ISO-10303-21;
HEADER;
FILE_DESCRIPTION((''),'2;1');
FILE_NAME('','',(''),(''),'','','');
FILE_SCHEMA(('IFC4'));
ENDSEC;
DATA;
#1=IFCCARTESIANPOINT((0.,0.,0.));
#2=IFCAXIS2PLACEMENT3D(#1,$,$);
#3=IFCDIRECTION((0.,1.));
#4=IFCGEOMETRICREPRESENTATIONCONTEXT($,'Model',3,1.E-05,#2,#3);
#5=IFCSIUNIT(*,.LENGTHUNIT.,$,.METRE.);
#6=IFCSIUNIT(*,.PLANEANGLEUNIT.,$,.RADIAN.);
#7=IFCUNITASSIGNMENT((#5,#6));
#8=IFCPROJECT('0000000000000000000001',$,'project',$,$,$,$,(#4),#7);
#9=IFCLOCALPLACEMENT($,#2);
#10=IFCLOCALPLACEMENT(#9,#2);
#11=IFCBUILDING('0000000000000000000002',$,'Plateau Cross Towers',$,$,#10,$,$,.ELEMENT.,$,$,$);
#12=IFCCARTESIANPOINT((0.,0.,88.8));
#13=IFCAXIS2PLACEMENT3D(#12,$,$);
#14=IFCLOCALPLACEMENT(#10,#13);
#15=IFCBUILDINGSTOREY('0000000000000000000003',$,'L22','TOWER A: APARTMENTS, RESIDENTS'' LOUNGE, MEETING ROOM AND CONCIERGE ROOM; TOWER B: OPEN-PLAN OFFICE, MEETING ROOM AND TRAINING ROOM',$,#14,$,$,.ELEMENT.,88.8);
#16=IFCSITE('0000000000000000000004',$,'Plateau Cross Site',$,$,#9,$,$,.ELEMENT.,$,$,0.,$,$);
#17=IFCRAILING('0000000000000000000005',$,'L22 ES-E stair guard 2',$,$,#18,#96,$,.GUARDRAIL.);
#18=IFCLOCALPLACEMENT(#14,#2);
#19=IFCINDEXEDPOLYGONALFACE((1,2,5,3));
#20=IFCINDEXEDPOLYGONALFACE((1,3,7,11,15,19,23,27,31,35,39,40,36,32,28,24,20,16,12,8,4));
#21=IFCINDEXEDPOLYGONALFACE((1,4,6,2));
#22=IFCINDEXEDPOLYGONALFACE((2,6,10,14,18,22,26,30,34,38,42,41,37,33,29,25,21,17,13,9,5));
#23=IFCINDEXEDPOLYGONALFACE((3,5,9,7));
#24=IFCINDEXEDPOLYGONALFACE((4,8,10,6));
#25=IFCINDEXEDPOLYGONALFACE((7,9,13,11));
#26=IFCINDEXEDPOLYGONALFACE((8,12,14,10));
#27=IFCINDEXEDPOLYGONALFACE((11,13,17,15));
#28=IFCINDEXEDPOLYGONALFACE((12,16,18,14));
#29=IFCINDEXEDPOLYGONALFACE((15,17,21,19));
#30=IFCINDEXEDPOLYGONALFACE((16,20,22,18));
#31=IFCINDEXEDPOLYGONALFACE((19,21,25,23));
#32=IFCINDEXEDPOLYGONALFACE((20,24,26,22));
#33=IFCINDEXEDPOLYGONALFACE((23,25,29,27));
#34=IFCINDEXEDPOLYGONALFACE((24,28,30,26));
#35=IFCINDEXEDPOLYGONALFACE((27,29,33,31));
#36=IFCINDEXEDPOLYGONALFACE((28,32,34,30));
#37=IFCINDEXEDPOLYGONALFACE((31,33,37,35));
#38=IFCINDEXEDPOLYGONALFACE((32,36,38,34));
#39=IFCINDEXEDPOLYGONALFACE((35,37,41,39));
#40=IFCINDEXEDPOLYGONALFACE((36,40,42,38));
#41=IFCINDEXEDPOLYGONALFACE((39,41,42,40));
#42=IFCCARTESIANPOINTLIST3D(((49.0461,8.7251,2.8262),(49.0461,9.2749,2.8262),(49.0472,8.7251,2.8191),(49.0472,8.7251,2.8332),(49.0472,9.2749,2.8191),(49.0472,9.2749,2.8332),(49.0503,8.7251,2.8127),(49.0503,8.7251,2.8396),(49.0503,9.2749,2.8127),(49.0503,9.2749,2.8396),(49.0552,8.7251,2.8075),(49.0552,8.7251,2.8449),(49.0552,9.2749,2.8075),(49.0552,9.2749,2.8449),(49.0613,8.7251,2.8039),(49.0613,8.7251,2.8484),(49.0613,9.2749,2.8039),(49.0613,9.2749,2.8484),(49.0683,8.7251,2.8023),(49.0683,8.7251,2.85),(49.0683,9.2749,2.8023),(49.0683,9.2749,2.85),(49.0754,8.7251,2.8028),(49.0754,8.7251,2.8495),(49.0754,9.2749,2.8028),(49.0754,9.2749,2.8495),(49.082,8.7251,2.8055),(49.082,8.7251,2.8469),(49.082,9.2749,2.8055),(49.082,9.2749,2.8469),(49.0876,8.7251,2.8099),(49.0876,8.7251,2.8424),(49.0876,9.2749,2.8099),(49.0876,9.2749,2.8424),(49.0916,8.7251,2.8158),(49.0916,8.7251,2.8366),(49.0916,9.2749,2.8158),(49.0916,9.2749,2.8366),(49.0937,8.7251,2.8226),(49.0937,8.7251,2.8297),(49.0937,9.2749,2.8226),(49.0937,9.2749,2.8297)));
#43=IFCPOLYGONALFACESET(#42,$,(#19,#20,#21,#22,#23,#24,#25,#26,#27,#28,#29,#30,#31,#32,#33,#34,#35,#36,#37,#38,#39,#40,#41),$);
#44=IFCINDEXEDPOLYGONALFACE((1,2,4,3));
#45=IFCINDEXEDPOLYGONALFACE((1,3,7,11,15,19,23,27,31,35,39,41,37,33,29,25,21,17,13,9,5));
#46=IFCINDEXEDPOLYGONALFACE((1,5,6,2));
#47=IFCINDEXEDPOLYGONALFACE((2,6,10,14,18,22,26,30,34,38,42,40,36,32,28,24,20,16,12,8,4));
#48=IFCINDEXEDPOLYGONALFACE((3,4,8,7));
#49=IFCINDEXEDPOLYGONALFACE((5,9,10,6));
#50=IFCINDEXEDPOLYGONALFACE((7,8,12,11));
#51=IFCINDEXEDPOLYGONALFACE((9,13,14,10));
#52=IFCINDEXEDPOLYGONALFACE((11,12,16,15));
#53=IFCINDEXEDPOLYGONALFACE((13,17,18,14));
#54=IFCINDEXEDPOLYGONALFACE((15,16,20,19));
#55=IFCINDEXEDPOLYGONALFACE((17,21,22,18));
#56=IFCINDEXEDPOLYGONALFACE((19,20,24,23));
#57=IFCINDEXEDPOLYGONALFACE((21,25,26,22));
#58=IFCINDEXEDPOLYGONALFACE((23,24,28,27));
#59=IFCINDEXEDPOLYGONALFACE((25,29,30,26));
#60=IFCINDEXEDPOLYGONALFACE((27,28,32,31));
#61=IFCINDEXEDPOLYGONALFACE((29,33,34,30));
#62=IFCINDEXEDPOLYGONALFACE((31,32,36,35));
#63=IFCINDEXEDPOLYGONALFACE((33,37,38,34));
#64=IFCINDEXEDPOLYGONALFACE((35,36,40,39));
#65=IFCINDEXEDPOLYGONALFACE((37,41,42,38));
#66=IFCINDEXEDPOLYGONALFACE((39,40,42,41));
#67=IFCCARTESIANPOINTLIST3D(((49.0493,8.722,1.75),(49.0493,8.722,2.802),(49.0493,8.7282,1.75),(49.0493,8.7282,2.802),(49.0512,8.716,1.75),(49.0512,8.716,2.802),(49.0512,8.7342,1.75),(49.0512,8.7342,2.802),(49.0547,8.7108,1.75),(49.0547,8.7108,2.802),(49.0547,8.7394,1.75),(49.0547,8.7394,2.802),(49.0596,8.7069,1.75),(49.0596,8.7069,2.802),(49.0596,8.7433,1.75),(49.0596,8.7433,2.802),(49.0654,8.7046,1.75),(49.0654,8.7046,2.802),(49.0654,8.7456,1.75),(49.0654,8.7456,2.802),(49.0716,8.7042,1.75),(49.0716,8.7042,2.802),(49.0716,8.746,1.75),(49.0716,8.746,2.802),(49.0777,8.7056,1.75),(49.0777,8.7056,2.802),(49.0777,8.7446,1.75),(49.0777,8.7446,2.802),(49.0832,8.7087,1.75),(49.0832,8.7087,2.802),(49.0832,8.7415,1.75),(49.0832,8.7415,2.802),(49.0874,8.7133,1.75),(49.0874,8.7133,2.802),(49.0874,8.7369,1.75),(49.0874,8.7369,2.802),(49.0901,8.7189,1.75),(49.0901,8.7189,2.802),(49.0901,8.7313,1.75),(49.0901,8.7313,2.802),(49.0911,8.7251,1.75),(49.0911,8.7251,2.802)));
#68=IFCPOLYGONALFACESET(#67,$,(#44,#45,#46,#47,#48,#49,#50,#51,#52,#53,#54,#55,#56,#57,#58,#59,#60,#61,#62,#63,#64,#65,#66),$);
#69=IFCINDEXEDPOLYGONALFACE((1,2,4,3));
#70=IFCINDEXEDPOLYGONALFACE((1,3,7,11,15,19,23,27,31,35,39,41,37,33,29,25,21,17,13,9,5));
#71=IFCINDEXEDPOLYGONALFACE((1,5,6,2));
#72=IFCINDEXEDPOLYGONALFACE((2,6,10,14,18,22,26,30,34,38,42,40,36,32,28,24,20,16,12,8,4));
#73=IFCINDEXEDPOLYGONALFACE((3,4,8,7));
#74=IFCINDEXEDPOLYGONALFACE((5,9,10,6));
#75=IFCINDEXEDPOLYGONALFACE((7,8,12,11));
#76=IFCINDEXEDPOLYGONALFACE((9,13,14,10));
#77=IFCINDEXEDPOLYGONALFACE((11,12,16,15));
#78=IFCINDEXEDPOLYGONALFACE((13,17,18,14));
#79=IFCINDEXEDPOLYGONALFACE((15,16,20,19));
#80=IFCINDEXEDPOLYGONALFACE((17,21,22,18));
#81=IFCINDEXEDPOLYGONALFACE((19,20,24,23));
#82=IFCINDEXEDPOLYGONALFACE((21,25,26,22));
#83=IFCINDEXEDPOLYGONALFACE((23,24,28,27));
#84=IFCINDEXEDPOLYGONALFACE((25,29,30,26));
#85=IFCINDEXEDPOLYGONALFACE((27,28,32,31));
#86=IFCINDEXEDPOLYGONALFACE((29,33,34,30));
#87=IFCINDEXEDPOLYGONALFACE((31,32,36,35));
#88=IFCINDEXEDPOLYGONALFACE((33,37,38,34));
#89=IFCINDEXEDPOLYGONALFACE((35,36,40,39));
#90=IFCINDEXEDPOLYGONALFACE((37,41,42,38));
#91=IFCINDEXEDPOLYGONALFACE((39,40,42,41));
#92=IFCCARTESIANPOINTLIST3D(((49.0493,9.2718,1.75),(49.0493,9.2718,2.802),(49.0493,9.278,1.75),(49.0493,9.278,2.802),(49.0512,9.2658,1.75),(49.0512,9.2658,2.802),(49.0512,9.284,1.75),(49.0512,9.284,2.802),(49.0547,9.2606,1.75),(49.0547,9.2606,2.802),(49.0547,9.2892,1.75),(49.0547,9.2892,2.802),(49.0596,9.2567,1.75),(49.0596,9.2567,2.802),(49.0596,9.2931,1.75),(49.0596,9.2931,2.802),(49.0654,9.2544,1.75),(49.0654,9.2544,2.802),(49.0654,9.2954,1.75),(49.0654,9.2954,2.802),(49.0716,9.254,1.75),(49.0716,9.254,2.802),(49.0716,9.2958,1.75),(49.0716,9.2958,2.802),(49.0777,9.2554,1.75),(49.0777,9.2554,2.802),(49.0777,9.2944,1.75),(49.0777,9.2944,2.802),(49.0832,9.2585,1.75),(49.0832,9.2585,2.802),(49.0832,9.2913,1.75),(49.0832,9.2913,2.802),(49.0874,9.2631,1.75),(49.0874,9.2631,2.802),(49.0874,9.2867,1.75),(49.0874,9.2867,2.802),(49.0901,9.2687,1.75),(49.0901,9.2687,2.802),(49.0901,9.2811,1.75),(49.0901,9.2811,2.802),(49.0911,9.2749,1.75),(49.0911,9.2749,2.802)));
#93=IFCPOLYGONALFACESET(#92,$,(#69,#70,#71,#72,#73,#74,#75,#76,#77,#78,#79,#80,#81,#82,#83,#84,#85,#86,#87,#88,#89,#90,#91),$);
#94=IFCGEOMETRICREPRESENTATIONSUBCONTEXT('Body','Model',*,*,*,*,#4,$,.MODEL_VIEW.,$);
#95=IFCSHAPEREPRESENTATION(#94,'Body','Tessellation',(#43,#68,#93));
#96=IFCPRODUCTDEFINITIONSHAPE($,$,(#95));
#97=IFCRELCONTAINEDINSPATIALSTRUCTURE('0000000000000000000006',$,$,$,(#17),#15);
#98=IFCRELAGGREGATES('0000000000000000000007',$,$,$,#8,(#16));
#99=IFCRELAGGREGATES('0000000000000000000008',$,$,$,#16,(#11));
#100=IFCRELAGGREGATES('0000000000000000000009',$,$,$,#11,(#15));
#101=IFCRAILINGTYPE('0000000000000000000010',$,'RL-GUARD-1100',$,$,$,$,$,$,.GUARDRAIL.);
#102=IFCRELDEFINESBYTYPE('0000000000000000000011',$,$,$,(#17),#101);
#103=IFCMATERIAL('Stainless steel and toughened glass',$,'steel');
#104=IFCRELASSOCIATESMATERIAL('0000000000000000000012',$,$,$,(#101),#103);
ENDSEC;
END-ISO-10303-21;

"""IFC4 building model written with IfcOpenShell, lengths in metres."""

from ifc_helpers import new_model, si_unit, direction, frame, origin, origin_2d, place, context, subcontext, project, spatial, circle, extrude, material, type_object, element, save


model = new_model("IFC4")

# Units and contexts
model_context = context("Model", 3, precision=1e-05, world=origin(), true_north=direction((0.0, 1.0)))
body_context = subcontext(model_context, "Body", "Model", "MODEL_VIEW")
ifc_project = project(units=[si_unit("LENGTHUNIT", "METRE"), si_unit("PLANEANGLEUNIT", "RADIAN")], contexts=[model_context])

# Site, building, storey
site_placement = place(None, origin())
site = spatial("IfcSite", under=ifc_project, at=site_placement, Name="Plateau Cross Site", CompositionType="ELEMENT", RefElevation=0.0)
building_placement = place(site_placement, origin())
building = spatial("IfcBuilding", under=site, at=building_placement, Name="Plateau Cross Towers", CompositionType="ELEMENT")
storey_placement = place(building_placement, frame((0.0, 0.0, 88.8)))
storey = spatial("IfcBuildingStorey", under=building, at=storey_placement, Name="L22", Description="TOWER A: APARTMENTS, RESIDENTS' LOUNGE, MEETING ROOM AND CONCIERGE ROOM; TOWER B: OPEN-PLAN OFFICE, MEETING ROOM AND TRAINING ROOM", CompositionType="ELEMENT", Elevation=88.8)

# Railing
ifc_material_1 = material(Name="Stainless steel and toughened glass", Category="steel")
railing_type_1 = type_object("IfcRailingType", Name="RL-GUARD-1100", PredefinedType="GUARDRAIL", material=ifc_material_1)
railing_1_placement = place(storey_placement, frame((49.0701, 8.7251, 1.75)))
element("IfcRailing", 1, at=railing_1_placement, inside=storey, type_object=railing_type_1, Name="L22 ES-E stair guard 2", PredefinedType="GUARDRAIL", context=body_context, shape_type="SweptSolid", body=[
    extrude(circle(Radius=0.0239, at=origin_2d()), frame((0.0, 0.0, 1.0762), z_axis=(0.0, 1.0, 0.0), x_axis=(-1.0, 0.0, 0.0)), (0.0, 0.0, 1.0), 0.5498),
    extrude(circle(Radius=0.021, at=origin_2d()), origin(), (0.0, 0.0, 1.0), 1.052),
    extrude(circle(Radius=0.021, at=origin_2d()), frame((0.0, 0.5498, 0.0)), (0.0, 0.0, 1.0), 1.052),
])

save(model, "model.ifc")
